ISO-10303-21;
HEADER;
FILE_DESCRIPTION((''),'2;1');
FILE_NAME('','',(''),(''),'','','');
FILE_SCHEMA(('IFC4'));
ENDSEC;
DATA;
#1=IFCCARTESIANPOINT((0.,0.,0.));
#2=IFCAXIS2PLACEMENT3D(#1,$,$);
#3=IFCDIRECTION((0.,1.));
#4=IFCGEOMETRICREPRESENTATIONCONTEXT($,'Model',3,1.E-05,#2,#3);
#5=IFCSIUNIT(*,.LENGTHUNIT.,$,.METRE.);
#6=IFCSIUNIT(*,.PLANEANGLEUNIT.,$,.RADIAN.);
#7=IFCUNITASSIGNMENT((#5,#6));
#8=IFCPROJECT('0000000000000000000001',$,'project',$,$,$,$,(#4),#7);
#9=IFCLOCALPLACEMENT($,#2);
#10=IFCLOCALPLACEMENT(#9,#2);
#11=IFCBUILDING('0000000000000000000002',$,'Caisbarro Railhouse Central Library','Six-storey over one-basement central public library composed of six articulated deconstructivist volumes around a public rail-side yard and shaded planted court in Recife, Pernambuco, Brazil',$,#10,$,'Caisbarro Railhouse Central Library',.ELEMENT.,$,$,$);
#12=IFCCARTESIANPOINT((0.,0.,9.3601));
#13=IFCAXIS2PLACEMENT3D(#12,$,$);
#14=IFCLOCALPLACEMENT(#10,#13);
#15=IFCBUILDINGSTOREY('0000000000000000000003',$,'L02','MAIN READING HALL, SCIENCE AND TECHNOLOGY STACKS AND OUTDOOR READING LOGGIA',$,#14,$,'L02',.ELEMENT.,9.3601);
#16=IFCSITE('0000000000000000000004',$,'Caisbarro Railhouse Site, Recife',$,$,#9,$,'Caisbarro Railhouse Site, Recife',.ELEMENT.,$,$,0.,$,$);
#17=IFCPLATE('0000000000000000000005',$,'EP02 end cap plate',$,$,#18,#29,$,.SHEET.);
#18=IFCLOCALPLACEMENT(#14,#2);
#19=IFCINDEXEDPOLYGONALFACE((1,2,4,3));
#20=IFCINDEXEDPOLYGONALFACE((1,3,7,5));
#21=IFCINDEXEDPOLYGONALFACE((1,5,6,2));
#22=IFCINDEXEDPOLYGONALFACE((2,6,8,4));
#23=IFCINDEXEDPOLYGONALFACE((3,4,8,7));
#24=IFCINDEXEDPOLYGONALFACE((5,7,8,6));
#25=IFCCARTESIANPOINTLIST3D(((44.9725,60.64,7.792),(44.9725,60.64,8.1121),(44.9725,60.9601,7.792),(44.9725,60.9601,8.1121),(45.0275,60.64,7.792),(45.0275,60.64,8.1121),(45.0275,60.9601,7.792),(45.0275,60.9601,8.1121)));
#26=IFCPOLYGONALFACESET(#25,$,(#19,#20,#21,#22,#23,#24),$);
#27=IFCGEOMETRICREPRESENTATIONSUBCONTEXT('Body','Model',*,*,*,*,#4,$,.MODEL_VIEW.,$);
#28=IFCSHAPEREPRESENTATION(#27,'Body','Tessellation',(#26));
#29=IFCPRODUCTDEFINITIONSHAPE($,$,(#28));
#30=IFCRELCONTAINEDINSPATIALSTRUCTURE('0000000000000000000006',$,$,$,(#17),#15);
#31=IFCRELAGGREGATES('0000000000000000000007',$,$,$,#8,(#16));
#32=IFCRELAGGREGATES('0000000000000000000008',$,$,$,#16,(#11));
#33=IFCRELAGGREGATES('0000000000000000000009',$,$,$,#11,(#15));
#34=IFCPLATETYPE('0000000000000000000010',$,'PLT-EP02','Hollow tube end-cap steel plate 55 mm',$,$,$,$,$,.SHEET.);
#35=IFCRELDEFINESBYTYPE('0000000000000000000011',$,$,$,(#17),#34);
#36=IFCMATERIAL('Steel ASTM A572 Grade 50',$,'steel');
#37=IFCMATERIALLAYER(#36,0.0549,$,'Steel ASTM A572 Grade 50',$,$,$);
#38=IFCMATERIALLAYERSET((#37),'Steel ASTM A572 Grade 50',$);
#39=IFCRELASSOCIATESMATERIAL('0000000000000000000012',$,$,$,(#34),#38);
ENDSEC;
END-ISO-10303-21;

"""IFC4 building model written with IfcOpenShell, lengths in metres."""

from ifc_helpers import new_model, si_unit, direction, frame, origin, origin_2d, place, context, subcontext, project, spatial, rectangle, extrude, material, layer, layer_set, type_object, element, save


model = new_model("IFC4")

# Units and contexts
model_context = context("Model", 3, precision=1e-05, world=origin(), true_north=direction((0.0, 1.0)))
body_context = subcontext(model_context, "Body", "Model", "MODEL_VIEW")
ifc_project = project(units=[si_unit("LENGTHUNIT", "METRE"), si_unit("PLANEANGLEUNIT", "RADIAN")], contexts=[model_context])

# Site, building, storey
site_placement = place(None, origin())
site = spatial("IfcSite", under=ifc_project, at=site_placement, Name="Caisbarro Railhouse Site, Recife", LongName="Caisbarro Railhouse Site, Recife", CompositionType="ELEMENT", RefElevation=0.0)
building_placement = place(site_placement, origin())
building = spatial("IfcBuilding", under=site, at=building_placement, Name="Caisbarro Railhouse Central Library", Description="Six-storey over one-basement central public library composed of six articulated deconstructivist volumes around a public rail-side yard and shaded planted court in Recife, Pernambuco, Brazil", LongName="Caisbarro Railhouse Central Library", CompositionType="ELEMENT")
storey_placement = place(building_placement, frame((0.0, 0.0, 9.3601)))
storey = spatial("IfcBuildingStorey", under=building, at=storey_placement, Name="L02", Description="MAIN READING HALL, SCIENCE AND TECHNOLOGY STACKS AND OUTDOOR READING LOGGIA", LongName="L02", CompositionType="ELEMENT", Elevation=9.3601)

# Shared definitions
ifc_material_1 = material(Name="Steel ASTM A572 Grade 50", Category="steel")

# Plate
ifc_layer_1 = layer(ifc_material_1, 0.0549, Name="Steel ASTM A572 Grade 50")
ifc_layer_set_1 = layer_set([ifc_layer_1], Name="Steel ASTM A572 Grade 50")
plate_type_1 = type_object("IfcPlateType", Name="PLT-EP02", Description="Hollow tube end-cap steel plate 55 mm", PredefinedType="SHEET", material=ifc_layer_set_1)
plate_1_placement = place(storey_placement, frame((45.0, 60.8, 7.792), z_axis=(0.0, 0.0, 1.0), x_axis=(1.0, 0.0, 0.0)))
element("IfcPlate", 1, at=plate_1_placement, inside=storey, type_object=plate_type_1, Name="EP02 end cap plate", PredefinedType="SHEET", context=body_context, shape_type="SweptSolid", body=[
    extrude(rectangle(XDim=0.0549, YDim=0.3201, at=origin_2d()), origin(), (0.0, 0.0, 1.0), 0.3201),
])

save(model, "model.ifc")
